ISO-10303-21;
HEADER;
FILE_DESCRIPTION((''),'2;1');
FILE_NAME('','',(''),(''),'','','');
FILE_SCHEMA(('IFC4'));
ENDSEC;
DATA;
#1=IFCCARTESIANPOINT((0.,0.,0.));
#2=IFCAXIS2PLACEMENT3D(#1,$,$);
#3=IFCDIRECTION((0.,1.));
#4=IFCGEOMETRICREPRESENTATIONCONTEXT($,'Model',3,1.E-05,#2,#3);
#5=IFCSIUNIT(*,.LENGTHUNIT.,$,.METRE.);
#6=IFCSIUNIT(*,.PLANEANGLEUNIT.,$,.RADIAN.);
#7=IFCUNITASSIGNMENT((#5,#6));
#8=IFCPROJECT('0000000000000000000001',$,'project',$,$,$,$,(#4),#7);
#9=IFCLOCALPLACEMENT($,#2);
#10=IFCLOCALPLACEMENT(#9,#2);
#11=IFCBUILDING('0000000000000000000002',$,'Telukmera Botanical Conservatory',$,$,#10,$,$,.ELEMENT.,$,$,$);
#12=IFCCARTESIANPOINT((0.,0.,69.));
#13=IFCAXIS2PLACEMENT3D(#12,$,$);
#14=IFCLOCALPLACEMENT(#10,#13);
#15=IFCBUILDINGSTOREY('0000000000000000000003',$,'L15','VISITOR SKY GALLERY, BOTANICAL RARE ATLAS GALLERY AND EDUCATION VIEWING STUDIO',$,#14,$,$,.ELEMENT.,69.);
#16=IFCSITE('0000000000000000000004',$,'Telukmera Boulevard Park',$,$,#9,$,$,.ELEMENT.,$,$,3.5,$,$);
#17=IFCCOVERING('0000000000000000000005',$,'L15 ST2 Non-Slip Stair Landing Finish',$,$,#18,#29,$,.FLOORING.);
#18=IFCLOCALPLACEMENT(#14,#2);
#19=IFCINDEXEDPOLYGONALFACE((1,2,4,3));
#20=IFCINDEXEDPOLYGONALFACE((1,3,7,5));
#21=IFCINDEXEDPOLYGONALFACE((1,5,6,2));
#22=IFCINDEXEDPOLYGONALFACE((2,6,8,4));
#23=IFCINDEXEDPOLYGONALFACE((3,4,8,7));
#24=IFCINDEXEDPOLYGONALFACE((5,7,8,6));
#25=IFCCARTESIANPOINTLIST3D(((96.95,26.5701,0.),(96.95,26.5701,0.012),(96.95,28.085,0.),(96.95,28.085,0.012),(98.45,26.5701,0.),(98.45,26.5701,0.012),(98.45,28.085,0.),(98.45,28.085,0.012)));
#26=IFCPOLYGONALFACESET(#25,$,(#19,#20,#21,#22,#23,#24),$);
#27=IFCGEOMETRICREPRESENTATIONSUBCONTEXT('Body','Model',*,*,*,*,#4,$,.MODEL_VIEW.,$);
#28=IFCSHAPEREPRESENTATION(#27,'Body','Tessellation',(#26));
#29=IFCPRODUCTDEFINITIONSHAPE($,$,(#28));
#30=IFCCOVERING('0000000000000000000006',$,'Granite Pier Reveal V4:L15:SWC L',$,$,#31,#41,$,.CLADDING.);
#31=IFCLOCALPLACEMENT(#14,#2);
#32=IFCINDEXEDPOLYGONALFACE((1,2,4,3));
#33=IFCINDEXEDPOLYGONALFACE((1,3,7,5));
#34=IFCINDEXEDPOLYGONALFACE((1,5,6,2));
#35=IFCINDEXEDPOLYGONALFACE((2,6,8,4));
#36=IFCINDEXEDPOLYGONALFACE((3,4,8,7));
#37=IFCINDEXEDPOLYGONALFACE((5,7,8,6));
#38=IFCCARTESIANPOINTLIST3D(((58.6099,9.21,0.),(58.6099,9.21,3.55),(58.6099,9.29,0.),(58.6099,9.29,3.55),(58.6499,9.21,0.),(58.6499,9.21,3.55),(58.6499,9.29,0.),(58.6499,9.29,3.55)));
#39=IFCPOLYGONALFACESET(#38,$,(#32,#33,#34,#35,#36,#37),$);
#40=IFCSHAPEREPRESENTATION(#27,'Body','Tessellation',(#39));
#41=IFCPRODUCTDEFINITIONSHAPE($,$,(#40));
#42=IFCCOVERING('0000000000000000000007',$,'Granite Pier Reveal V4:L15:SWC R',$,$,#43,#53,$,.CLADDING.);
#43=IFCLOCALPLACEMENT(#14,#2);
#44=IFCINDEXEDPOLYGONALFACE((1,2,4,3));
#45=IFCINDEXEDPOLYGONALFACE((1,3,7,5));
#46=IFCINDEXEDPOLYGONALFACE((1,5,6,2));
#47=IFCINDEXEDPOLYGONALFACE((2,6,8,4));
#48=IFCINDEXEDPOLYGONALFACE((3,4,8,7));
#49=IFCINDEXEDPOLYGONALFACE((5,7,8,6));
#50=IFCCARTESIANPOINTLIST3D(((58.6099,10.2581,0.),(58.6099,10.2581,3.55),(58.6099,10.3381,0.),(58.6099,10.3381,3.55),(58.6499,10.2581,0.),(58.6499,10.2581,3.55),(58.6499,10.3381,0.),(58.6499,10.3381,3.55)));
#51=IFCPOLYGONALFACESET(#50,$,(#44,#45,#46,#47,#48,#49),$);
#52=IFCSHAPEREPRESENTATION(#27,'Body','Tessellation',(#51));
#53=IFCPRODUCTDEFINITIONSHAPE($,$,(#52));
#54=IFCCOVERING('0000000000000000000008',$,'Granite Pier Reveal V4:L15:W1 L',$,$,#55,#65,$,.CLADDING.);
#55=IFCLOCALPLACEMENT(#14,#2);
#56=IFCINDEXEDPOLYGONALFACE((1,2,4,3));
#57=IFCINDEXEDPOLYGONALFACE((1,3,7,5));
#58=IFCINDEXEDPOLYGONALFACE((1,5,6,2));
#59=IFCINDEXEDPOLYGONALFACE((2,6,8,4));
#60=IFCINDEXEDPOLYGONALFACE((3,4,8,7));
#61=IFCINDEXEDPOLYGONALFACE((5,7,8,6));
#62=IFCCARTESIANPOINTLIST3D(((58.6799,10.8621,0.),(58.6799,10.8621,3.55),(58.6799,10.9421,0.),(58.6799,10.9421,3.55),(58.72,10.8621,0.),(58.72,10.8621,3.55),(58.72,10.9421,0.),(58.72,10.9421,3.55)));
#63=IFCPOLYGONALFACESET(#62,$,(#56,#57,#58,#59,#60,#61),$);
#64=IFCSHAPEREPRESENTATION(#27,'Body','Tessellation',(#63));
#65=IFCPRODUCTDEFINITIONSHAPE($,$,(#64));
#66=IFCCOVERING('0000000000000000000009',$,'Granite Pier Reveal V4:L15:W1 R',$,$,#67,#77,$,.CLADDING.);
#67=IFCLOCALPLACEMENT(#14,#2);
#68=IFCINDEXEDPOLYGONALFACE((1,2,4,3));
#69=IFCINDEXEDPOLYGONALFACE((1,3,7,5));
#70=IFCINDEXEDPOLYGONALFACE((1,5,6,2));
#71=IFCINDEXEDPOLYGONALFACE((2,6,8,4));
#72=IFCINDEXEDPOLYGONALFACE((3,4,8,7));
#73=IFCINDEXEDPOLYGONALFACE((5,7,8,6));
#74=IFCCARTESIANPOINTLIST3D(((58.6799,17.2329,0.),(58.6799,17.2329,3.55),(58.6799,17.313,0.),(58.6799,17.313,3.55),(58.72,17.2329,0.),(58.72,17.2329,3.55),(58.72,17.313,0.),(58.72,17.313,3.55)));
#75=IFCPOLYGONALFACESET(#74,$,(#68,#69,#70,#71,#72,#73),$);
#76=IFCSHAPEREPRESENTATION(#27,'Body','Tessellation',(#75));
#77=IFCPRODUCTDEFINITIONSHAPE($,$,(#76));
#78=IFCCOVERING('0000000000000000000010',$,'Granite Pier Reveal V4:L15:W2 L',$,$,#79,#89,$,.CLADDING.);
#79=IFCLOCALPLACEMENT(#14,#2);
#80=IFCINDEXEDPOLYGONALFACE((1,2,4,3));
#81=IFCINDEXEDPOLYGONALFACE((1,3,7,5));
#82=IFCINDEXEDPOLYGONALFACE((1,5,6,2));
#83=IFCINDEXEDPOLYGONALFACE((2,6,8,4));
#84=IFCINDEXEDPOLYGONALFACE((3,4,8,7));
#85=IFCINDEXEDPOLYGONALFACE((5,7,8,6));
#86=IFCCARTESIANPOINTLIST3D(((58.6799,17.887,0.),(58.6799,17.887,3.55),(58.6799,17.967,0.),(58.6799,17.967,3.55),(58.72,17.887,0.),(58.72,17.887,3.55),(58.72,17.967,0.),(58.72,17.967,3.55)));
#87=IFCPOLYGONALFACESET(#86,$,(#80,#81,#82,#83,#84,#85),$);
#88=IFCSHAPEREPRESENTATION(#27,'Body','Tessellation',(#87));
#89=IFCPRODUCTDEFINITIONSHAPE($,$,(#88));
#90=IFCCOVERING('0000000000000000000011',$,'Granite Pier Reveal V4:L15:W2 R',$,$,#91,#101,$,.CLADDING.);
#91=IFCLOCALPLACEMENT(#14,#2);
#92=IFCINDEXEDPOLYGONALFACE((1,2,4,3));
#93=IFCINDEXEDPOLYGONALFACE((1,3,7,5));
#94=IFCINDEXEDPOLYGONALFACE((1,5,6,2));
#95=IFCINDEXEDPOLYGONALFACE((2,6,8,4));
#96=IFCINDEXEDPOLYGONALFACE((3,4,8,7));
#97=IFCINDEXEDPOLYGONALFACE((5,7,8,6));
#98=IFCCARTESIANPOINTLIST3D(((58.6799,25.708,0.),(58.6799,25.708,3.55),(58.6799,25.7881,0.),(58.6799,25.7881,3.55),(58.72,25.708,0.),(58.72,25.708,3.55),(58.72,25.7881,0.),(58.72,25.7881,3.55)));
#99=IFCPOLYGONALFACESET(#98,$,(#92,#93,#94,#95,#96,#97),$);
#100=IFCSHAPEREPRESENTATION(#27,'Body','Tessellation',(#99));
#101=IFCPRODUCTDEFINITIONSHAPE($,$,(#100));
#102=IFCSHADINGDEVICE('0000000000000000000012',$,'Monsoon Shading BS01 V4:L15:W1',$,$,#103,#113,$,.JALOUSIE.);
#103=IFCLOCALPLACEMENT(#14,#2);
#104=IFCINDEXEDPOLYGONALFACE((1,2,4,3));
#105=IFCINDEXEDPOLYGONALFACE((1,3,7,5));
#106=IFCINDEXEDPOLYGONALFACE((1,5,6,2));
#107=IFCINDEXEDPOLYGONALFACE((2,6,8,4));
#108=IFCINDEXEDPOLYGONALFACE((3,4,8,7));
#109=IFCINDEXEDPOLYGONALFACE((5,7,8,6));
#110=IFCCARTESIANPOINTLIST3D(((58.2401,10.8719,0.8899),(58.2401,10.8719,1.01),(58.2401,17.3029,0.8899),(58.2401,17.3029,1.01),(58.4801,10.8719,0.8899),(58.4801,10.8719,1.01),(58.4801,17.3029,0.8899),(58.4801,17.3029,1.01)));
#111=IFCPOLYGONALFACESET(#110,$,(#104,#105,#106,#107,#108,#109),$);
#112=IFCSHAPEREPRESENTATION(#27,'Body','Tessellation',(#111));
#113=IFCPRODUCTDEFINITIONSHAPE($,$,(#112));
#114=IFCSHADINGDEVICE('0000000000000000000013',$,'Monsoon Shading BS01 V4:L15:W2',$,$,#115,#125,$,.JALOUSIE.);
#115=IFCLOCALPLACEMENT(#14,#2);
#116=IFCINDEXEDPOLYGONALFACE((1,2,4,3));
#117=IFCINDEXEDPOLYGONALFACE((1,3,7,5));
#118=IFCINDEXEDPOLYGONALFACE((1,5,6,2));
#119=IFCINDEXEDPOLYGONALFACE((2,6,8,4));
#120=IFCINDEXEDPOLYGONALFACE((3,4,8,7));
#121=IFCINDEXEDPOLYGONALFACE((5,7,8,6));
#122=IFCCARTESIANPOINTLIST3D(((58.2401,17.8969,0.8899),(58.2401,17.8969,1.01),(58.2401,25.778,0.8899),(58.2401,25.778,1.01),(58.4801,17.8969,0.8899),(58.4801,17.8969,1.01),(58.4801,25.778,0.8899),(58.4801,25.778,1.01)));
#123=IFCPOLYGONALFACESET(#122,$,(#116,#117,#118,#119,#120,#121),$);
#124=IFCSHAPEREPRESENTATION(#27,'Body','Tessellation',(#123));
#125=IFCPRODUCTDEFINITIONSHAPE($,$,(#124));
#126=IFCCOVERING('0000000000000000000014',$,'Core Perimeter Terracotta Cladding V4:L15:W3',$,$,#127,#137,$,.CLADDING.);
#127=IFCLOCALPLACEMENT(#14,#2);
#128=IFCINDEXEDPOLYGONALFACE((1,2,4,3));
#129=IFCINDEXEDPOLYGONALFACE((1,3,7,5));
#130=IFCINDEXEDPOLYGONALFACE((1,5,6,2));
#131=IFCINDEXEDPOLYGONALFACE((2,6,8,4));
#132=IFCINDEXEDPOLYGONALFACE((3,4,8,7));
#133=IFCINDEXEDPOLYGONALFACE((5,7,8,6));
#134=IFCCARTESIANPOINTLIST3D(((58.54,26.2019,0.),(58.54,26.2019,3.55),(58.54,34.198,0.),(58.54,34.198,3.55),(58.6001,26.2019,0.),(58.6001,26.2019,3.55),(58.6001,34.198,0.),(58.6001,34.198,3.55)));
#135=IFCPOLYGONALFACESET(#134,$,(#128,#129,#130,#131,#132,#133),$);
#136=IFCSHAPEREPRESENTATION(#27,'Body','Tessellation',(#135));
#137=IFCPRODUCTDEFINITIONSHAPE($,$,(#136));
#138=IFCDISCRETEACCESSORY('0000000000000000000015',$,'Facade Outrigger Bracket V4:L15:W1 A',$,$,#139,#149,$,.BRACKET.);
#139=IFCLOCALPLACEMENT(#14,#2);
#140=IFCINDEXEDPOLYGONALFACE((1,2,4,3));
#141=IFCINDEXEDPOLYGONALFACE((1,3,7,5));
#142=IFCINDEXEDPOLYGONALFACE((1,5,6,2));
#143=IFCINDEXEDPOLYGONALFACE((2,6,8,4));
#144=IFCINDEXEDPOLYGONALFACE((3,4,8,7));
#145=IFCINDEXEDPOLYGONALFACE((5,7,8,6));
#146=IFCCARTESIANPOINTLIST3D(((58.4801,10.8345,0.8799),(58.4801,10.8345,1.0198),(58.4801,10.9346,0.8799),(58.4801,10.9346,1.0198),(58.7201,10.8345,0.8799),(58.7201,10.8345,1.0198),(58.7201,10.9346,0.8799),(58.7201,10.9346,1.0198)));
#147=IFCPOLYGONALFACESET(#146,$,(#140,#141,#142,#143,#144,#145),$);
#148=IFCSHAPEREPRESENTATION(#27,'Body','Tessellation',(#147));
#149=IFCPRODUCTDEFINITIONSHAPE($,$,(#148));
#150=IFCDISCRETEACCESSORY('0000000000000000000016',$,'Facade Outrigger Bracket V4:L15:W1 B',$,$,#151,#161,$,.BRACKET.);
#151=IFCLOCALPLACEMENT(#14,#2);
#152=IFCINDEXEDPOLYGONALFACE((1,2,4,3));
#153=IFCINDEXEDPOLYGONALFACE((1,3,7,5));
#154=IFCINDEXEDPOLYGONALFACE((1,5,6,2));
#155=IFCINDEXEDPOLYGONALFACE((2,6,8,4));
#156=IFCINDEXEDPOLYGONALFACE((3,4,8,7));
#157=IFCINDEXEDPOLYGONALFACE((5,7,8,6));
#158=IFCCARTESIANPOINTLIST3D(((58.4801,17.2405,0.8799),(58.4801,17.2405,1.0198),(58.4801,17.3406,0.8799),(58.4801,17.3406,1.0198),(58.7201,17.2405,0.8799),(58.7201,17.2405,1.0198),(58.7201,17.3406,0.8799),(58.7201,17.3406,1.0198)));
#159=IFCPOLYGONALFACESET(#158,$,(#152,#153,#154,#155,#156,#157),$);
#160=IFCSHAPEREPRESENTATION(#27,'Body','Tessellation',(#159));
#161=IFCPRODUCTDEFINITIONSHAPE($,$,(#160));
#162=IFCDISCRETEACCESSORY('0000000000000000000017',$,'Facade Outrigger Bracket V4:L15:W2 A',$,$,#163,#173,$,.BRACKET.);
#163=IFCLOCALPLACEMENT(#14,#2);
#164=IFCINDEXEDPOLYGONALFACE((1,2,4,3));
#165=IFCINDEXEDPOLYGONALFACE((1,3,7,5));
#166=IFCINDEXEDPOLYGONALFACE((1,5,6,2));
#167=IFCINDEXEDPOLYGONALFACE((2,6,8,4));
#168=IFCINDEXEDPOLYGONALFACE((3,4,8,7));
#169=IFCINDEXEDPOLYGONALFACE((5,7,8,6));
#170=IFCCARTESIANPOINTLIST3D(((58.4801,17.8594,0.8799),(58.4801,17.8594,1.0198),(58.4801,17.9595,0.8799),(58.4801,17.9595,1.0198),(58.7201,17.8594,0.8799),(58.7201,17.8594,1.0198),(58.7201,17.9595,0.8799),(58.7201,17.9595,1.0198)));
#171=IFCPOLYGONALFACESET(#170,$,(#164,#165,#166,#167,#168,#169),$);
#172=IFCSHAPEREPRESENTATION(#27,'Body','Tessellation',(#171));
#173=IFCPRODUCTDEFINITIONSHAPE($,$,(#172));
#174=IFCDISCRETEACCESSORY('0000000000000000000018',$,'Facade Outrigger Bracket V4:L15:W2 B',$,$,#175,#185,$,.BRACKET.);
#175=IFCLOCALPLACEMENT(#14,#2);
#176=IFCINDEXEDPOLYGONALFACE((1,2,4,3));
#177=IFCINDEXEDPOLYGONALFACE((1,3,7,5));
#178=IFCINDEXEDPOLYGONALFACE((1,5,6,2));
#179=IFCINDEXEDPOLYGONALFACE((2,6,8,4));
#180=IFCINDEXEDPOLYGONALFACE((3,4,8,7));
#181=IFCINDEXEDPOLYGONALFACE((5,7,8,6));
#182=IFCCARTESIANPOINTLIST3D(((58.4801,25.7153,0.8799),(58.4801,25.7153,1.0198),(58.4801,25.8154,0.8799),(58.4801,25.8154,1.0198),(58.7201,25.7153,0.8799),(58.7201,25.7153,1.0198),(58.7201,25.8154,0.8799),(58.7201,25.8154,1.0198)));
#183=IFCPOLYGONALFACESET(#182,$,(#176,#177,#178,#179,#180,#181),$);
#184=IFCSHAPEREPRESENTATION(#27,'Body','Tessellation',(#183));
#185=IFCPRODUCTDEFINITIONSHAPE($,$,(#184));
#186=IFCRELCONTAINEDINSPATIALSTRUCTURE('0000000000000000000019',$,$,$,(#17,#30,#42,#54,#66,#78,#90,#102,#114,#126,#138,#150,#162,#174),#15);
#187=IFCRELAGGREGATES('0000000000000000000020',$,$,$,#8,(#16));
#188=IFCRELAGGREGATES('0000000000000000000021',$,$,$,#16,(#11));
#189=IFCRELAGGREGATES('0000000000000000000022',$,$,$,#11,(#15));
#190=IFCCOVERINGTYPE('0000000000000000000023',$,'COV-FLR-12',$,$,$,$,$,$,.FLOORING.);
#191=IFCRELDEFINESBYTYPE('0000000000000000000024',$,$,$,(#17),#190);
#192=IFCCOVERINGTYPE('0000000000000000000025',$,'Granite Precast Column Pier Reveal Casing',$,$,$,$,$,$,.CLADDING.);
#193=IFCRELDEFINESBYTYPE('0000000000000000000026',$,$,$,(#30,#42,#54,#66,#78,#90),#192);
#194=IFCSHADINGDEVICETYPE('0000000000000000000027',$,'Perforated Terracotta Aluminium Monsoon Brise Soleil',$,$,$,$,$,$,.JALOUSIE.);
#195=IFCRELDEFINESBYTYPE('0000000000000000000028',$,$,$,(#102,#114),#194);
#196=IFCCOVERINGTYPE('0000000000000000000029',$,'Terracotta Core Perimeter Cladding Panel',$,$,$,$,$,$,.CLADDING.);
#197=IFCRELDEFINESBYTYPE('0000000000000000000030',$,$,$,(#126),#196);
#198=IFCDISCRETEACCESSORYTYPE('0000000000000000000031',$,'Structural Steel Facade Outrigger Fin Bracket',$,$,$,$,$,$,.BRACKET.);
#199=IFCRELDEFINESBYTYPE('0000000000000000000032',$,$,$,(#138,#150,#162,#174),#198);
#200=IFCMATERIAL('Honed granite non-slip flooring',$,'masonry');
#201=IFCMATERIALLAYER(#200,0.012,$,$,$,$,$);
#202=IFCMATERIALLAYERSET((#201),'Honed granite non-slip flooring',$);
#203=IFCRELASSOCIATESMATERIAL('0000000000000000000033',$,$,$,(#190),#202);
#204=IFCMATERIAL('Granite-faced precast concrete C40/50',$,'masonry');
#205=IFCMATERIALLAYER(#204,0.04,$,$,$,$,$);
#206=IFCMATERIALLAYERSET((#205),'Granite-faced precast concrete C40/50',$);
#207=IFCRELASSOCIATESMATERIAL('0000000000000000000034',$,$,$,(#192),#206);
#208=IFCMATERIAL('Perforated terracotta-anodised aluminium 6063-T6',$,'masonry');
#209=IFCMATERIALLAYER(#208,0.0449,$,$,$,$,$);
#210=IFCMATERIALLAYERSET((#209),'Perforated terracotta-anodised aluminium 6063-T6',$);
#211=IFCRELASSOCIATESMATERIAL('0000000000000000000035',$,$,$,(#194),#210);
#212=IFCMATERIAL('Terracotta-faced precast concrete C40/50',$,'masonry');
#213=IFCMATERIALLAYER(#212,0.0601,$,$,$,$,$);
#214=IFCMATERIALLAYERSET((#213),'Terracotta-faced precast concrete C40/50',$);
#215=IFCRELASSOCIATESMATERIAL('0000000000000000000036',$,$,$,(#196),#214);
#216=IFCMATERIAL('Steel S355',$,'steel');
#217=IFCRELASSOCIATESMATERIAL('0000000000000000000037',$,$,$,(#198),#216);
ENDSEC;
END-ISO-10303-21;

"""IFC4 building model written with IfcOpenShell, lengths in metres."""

from ifc_helpers import new_model, si_unit, direction, frame, origin, origin_2d, place, context, subcontext, project, spatial, polyline, rectangle, outline, extrude, material, layer, layer_set, type_object, element, save


model = new_model("IFC4")

# Units and contexts
model_context = context("Model", 3, precision=1e-05, world=origin(), true_north=direction((0.0, 1.0)))
body_context = subcontext(model_context, "Body", "Model", "MODEL_VIEW")
ifc_project = project(units=[si_unit("LENGTHUNIT", "METRE"), si_unit("PLANEANGLEUNIT", "RADIAN")], contexts=[model_context])

# Site, building, storey
site_placement = place(None, origin())
site = spatial("IfcSite", under=ifc_project, at=site_placement, Name="Telukmera Boulevard Park", CompositionType="ELEMENT", RefElevation=3.5)
building_placement = place(site_placement, origin())
building = spatial("IfcBuilding", under=site, at=building_placement, Name="Telukmera Botanical Conservatory", CompositionType="ELEMENT")
storey_placement = place(building_placement, frame((0.0, 0.0, 69.0)))
storey = spatial("IfcBuildingStorey", under=building, at=storey_placement, Name="L15", Description="VISITOR SKY GALLERY, BOTANICAL RARE ATLAS GALLERY AND EDUCATION VIEWING STUDIO", CompositionType="ELEMENT", Elevation=69.0)

# Coverings
ifc_material_1 = material(Name="Honed granite non-slip flooring", Category="masonry")
ifc_layer_1 = layer(ifc_material_1, 0.012)
ifc_layer_set_1 = layer_set([ifc_layer_1], Name="Honed granite non-slip flooring")
covering_type_1 = type_object("IfcCoveringType", Name="COV-FLR-12", PredefinedType="FLOORING", material=ifc_layer_set_1)
covering_1_placement = place(storey_placement, origin())
element("IfcCovering", 1, at=covering_1_placement, inside=storey, type_object=covering_type_1, Name="L15 ST2 Non-Slip Stair Landing Finish", PredefinedType="FLOORING", context=body_context, shape_type="SweptSolid", body=[
    extrude(outline(polyline([(98.45, 26.5701), (98.45, 28.085), (96.95, 28.085), (96.95, 26.5701), (98.45, 26.5701)])), origin(), (0.0, 0.0, 1.0), 0.012),
])
ifc_material_2 = material(Name="Granite-faced precast concrete C40/50", Category="masonry")
ifc_layer_2 = layer(ifc_material_2, 0.04)
ifc_layer_set_2 = layer_set([ifc_layer_2], Name="Granite-faced precast concrete C40/50")
covering_type_2 = type_object("IfcCoveringType", Name="Granite Precast Column Pier Reveal Casing", PredefinedType="CLADDING", material=ifc_layer_set_2)
for number, where, z_axis, x_axis, name in (
    (2, (58.6299, 9.25, 0.0), (0.0, 0.0, 1.0), (0.0, 1.0, 0.0), "Granite Pier Reveal V4:L15:SWC L"),
    (3, (58.6299, 10.2981, 0.0), (0.0, 0.0, 1.0), (0.0, 1.0, 0.0), "Granite Pier Reveal V4:L15:SWC R"),
    (4, (58.7, 10.9021, 0.0), (0.0, 0.0, 1.0), (0.0, 1.0, 0.0), "Granite Pier Reveal V4:L15:W1 L"),
    (5, (58.7, 17.2729, 0.0), (0.0, 0.0, 1.0), (0.0, 1.0, 0.0), "Granite Pier Reveal V4:L15:W1 R"),
    (6, (58.7, 17.927, 0.0), (0.0, 0.0, 1.0), (0.0, 1.0, 0.0), "Granite Pier Reveal V4:L15:W2 L"),
    (7, (58.7, 25.748, 0.0), (0.0, 0.0, 1.0), (0.0, 1.0, 0.0), "Granite Pier Reveal V4:L15:W2 R"),
):
    element("IfcCovering", number, at=place(storey_placement, frame(where, z_axis=z_axis, x_axis=x_axis)), inside=storey, type_object=covering_type_2, Name=name, PredefinedType="CLADDING", context=body_context, shape_type="SweptSolid", body=[
        extrude(rectangle(XDim=0.0801, YDim=0.04, at=origin_2d()), origin(), (0.0, 0.0, 1.0), 3.55),
    ])

# Shading devices
ifc_material_3 = material(Name="Perforated terracotta-anodised aluminium 6063-T6", Category="masonry")
ifc_layer_3 = layer(ifc_material_3, 0.0449)
ifc_layer_set_3 = layer_set([ifc_layer_3], Name="Perforated terracotta-anodised aluminium 6063-T6")
shading_device_type = type_object("IfcShadingDeviceType", Name="Perforated Terracotta Aluminium Monsoon Brise Soleil", PredefinedType="JALOUSIE", material=ifc_layer_set_3)
shading_device_1_placement = place(storey_placement, frame((58.3601, 14.0874, 0.8899), z_axis=(0.0, 0.0, 1.0), x_axis=(0.0, 1.0, 0.0)))
element("IfcShadingDevice", 8, at=shading_device_1_placement, inside=storey, type_object=shading_device_type, Name="Monsoon Shading BS01 V4:L15:W1", PredefinedType="JALOUSIE", context=body_context, shape_type="SweptSolid", body=[
    extrude(rectangle(XDim=6.4309, YDim=0.24, at=origin_2d()), origin(), (0.0, 0.0, 1.0), 0.1201),
])
shading_device_2_placement = place(storey_placement, frame((58.3601, 21.8374, 0.8899), z_axis=(0.0, 0.0, 1.0), x_axis=(0.0, 1.0, 0.0)))
element("IfcShadingDevice", 9, at=shading_device_2_placement, inside=storey, type_object=shading_device_type, Name="Monsoon Shading BS01 V4:L15:W2", PredefinedType="JALOUSIE", context=body_context, shape_type="SweptSolid", body=[
    extrude(rectangle(XDim=7.8811, YDim=0.24, at=origin_2d()), origin(), (0.0, 0.0, 1.0), 0.1201),
])

# Covering
ifc_material_4 = material(Name="Terracotta-faced precast concrete C40/50", Category="masonry")
ifc_layer_4 = layer(ifc_material_4, 0.0601)
ifc_layer_set_4 = layer_set([ifc_layer_4], Name="Terracotta-faced precast concrete C40/50")
covering_type_3 = type_object("IfcCoveringType", Name="Terracotta Core Perimeter Cladding Panel", PredefinedType="CLADDING", material=ifc_layer_set_4)
covering_2_placement = place(storey_placement, frame((58.5701, 30.2, 0.0), z_axis=(0.0, 0.0, 1.0), x_axis=(0.0, 1.0, 0.0)))
element("IfcCovering", 10, at=covering_2_placement, inside=storey, type_object=covering_type_3, Name="Core Perimeter Terracotta Cladding V4:L15:W3", PredefinedType="CLADDING", context=body_context, shape_type="SweptSolid", body=[
    extrude(rectangle(XDim=7.9961, YDim=0.0601, at=origin_2d()), origin(), (0.0, 0.0, 1.0), 3.55),
])

# Discrete accessories
ifc_material_5 = material(Name="Steel S355", Category="steel")
discrete_accessory_type = type_object("IfcDiscreteAccessoryType", Name="Structural Steel Facade Outrigger Fin Bracket", PredefinedType="BRACKET", material=ifc_material_5)
for number, where, z_axis, x_axis, name in (
    (11, (58.6001, 10.8845, 0.8799), (0.0, 0.0, 1.0), (0.0, 1.0, 0.0), "Facade Outrigger Bracket V4:L15:W1 A"),
    (12, (58.6001, 17.2905, 0.8799), (0.0, 0.0, 1.0), (0.0, 1.0, 0.0), "Facade Outrigger Bracket V4:L15:W1 B"),
    (13, (58.6001, 17.9094, 0.8799), (0.0, 0.0, 1.0), (0.0, 1.0, 0.0), "Facade Outrigger Bracket V4:L15:W2 A"),
    (14, (58.6001, 25.7654, 0.8799), (0.0, 0.0, 1.0), (0.0, 1.0, 0.0), "Facade Outrigger Bracket V4:L15:W2 B"),
):
    element("IfcDiscreteAccessory", number, at=place(storey_placement, frame(where, z_axis=z_axis, x_axis=x_axis)), inside=storey, type_object=discrete_accessory_type, Name=name, PredefinedType="BRACKET", context=body_context, shape_type="SweptSolid", body=[
        extrude(rectangle(XDim=0.1001, YDim=0.24, at=origin_2d()), origin(), (0.0, 0.0, 1.0), 0.1399),
    ])

save(model, "model.ifc")
